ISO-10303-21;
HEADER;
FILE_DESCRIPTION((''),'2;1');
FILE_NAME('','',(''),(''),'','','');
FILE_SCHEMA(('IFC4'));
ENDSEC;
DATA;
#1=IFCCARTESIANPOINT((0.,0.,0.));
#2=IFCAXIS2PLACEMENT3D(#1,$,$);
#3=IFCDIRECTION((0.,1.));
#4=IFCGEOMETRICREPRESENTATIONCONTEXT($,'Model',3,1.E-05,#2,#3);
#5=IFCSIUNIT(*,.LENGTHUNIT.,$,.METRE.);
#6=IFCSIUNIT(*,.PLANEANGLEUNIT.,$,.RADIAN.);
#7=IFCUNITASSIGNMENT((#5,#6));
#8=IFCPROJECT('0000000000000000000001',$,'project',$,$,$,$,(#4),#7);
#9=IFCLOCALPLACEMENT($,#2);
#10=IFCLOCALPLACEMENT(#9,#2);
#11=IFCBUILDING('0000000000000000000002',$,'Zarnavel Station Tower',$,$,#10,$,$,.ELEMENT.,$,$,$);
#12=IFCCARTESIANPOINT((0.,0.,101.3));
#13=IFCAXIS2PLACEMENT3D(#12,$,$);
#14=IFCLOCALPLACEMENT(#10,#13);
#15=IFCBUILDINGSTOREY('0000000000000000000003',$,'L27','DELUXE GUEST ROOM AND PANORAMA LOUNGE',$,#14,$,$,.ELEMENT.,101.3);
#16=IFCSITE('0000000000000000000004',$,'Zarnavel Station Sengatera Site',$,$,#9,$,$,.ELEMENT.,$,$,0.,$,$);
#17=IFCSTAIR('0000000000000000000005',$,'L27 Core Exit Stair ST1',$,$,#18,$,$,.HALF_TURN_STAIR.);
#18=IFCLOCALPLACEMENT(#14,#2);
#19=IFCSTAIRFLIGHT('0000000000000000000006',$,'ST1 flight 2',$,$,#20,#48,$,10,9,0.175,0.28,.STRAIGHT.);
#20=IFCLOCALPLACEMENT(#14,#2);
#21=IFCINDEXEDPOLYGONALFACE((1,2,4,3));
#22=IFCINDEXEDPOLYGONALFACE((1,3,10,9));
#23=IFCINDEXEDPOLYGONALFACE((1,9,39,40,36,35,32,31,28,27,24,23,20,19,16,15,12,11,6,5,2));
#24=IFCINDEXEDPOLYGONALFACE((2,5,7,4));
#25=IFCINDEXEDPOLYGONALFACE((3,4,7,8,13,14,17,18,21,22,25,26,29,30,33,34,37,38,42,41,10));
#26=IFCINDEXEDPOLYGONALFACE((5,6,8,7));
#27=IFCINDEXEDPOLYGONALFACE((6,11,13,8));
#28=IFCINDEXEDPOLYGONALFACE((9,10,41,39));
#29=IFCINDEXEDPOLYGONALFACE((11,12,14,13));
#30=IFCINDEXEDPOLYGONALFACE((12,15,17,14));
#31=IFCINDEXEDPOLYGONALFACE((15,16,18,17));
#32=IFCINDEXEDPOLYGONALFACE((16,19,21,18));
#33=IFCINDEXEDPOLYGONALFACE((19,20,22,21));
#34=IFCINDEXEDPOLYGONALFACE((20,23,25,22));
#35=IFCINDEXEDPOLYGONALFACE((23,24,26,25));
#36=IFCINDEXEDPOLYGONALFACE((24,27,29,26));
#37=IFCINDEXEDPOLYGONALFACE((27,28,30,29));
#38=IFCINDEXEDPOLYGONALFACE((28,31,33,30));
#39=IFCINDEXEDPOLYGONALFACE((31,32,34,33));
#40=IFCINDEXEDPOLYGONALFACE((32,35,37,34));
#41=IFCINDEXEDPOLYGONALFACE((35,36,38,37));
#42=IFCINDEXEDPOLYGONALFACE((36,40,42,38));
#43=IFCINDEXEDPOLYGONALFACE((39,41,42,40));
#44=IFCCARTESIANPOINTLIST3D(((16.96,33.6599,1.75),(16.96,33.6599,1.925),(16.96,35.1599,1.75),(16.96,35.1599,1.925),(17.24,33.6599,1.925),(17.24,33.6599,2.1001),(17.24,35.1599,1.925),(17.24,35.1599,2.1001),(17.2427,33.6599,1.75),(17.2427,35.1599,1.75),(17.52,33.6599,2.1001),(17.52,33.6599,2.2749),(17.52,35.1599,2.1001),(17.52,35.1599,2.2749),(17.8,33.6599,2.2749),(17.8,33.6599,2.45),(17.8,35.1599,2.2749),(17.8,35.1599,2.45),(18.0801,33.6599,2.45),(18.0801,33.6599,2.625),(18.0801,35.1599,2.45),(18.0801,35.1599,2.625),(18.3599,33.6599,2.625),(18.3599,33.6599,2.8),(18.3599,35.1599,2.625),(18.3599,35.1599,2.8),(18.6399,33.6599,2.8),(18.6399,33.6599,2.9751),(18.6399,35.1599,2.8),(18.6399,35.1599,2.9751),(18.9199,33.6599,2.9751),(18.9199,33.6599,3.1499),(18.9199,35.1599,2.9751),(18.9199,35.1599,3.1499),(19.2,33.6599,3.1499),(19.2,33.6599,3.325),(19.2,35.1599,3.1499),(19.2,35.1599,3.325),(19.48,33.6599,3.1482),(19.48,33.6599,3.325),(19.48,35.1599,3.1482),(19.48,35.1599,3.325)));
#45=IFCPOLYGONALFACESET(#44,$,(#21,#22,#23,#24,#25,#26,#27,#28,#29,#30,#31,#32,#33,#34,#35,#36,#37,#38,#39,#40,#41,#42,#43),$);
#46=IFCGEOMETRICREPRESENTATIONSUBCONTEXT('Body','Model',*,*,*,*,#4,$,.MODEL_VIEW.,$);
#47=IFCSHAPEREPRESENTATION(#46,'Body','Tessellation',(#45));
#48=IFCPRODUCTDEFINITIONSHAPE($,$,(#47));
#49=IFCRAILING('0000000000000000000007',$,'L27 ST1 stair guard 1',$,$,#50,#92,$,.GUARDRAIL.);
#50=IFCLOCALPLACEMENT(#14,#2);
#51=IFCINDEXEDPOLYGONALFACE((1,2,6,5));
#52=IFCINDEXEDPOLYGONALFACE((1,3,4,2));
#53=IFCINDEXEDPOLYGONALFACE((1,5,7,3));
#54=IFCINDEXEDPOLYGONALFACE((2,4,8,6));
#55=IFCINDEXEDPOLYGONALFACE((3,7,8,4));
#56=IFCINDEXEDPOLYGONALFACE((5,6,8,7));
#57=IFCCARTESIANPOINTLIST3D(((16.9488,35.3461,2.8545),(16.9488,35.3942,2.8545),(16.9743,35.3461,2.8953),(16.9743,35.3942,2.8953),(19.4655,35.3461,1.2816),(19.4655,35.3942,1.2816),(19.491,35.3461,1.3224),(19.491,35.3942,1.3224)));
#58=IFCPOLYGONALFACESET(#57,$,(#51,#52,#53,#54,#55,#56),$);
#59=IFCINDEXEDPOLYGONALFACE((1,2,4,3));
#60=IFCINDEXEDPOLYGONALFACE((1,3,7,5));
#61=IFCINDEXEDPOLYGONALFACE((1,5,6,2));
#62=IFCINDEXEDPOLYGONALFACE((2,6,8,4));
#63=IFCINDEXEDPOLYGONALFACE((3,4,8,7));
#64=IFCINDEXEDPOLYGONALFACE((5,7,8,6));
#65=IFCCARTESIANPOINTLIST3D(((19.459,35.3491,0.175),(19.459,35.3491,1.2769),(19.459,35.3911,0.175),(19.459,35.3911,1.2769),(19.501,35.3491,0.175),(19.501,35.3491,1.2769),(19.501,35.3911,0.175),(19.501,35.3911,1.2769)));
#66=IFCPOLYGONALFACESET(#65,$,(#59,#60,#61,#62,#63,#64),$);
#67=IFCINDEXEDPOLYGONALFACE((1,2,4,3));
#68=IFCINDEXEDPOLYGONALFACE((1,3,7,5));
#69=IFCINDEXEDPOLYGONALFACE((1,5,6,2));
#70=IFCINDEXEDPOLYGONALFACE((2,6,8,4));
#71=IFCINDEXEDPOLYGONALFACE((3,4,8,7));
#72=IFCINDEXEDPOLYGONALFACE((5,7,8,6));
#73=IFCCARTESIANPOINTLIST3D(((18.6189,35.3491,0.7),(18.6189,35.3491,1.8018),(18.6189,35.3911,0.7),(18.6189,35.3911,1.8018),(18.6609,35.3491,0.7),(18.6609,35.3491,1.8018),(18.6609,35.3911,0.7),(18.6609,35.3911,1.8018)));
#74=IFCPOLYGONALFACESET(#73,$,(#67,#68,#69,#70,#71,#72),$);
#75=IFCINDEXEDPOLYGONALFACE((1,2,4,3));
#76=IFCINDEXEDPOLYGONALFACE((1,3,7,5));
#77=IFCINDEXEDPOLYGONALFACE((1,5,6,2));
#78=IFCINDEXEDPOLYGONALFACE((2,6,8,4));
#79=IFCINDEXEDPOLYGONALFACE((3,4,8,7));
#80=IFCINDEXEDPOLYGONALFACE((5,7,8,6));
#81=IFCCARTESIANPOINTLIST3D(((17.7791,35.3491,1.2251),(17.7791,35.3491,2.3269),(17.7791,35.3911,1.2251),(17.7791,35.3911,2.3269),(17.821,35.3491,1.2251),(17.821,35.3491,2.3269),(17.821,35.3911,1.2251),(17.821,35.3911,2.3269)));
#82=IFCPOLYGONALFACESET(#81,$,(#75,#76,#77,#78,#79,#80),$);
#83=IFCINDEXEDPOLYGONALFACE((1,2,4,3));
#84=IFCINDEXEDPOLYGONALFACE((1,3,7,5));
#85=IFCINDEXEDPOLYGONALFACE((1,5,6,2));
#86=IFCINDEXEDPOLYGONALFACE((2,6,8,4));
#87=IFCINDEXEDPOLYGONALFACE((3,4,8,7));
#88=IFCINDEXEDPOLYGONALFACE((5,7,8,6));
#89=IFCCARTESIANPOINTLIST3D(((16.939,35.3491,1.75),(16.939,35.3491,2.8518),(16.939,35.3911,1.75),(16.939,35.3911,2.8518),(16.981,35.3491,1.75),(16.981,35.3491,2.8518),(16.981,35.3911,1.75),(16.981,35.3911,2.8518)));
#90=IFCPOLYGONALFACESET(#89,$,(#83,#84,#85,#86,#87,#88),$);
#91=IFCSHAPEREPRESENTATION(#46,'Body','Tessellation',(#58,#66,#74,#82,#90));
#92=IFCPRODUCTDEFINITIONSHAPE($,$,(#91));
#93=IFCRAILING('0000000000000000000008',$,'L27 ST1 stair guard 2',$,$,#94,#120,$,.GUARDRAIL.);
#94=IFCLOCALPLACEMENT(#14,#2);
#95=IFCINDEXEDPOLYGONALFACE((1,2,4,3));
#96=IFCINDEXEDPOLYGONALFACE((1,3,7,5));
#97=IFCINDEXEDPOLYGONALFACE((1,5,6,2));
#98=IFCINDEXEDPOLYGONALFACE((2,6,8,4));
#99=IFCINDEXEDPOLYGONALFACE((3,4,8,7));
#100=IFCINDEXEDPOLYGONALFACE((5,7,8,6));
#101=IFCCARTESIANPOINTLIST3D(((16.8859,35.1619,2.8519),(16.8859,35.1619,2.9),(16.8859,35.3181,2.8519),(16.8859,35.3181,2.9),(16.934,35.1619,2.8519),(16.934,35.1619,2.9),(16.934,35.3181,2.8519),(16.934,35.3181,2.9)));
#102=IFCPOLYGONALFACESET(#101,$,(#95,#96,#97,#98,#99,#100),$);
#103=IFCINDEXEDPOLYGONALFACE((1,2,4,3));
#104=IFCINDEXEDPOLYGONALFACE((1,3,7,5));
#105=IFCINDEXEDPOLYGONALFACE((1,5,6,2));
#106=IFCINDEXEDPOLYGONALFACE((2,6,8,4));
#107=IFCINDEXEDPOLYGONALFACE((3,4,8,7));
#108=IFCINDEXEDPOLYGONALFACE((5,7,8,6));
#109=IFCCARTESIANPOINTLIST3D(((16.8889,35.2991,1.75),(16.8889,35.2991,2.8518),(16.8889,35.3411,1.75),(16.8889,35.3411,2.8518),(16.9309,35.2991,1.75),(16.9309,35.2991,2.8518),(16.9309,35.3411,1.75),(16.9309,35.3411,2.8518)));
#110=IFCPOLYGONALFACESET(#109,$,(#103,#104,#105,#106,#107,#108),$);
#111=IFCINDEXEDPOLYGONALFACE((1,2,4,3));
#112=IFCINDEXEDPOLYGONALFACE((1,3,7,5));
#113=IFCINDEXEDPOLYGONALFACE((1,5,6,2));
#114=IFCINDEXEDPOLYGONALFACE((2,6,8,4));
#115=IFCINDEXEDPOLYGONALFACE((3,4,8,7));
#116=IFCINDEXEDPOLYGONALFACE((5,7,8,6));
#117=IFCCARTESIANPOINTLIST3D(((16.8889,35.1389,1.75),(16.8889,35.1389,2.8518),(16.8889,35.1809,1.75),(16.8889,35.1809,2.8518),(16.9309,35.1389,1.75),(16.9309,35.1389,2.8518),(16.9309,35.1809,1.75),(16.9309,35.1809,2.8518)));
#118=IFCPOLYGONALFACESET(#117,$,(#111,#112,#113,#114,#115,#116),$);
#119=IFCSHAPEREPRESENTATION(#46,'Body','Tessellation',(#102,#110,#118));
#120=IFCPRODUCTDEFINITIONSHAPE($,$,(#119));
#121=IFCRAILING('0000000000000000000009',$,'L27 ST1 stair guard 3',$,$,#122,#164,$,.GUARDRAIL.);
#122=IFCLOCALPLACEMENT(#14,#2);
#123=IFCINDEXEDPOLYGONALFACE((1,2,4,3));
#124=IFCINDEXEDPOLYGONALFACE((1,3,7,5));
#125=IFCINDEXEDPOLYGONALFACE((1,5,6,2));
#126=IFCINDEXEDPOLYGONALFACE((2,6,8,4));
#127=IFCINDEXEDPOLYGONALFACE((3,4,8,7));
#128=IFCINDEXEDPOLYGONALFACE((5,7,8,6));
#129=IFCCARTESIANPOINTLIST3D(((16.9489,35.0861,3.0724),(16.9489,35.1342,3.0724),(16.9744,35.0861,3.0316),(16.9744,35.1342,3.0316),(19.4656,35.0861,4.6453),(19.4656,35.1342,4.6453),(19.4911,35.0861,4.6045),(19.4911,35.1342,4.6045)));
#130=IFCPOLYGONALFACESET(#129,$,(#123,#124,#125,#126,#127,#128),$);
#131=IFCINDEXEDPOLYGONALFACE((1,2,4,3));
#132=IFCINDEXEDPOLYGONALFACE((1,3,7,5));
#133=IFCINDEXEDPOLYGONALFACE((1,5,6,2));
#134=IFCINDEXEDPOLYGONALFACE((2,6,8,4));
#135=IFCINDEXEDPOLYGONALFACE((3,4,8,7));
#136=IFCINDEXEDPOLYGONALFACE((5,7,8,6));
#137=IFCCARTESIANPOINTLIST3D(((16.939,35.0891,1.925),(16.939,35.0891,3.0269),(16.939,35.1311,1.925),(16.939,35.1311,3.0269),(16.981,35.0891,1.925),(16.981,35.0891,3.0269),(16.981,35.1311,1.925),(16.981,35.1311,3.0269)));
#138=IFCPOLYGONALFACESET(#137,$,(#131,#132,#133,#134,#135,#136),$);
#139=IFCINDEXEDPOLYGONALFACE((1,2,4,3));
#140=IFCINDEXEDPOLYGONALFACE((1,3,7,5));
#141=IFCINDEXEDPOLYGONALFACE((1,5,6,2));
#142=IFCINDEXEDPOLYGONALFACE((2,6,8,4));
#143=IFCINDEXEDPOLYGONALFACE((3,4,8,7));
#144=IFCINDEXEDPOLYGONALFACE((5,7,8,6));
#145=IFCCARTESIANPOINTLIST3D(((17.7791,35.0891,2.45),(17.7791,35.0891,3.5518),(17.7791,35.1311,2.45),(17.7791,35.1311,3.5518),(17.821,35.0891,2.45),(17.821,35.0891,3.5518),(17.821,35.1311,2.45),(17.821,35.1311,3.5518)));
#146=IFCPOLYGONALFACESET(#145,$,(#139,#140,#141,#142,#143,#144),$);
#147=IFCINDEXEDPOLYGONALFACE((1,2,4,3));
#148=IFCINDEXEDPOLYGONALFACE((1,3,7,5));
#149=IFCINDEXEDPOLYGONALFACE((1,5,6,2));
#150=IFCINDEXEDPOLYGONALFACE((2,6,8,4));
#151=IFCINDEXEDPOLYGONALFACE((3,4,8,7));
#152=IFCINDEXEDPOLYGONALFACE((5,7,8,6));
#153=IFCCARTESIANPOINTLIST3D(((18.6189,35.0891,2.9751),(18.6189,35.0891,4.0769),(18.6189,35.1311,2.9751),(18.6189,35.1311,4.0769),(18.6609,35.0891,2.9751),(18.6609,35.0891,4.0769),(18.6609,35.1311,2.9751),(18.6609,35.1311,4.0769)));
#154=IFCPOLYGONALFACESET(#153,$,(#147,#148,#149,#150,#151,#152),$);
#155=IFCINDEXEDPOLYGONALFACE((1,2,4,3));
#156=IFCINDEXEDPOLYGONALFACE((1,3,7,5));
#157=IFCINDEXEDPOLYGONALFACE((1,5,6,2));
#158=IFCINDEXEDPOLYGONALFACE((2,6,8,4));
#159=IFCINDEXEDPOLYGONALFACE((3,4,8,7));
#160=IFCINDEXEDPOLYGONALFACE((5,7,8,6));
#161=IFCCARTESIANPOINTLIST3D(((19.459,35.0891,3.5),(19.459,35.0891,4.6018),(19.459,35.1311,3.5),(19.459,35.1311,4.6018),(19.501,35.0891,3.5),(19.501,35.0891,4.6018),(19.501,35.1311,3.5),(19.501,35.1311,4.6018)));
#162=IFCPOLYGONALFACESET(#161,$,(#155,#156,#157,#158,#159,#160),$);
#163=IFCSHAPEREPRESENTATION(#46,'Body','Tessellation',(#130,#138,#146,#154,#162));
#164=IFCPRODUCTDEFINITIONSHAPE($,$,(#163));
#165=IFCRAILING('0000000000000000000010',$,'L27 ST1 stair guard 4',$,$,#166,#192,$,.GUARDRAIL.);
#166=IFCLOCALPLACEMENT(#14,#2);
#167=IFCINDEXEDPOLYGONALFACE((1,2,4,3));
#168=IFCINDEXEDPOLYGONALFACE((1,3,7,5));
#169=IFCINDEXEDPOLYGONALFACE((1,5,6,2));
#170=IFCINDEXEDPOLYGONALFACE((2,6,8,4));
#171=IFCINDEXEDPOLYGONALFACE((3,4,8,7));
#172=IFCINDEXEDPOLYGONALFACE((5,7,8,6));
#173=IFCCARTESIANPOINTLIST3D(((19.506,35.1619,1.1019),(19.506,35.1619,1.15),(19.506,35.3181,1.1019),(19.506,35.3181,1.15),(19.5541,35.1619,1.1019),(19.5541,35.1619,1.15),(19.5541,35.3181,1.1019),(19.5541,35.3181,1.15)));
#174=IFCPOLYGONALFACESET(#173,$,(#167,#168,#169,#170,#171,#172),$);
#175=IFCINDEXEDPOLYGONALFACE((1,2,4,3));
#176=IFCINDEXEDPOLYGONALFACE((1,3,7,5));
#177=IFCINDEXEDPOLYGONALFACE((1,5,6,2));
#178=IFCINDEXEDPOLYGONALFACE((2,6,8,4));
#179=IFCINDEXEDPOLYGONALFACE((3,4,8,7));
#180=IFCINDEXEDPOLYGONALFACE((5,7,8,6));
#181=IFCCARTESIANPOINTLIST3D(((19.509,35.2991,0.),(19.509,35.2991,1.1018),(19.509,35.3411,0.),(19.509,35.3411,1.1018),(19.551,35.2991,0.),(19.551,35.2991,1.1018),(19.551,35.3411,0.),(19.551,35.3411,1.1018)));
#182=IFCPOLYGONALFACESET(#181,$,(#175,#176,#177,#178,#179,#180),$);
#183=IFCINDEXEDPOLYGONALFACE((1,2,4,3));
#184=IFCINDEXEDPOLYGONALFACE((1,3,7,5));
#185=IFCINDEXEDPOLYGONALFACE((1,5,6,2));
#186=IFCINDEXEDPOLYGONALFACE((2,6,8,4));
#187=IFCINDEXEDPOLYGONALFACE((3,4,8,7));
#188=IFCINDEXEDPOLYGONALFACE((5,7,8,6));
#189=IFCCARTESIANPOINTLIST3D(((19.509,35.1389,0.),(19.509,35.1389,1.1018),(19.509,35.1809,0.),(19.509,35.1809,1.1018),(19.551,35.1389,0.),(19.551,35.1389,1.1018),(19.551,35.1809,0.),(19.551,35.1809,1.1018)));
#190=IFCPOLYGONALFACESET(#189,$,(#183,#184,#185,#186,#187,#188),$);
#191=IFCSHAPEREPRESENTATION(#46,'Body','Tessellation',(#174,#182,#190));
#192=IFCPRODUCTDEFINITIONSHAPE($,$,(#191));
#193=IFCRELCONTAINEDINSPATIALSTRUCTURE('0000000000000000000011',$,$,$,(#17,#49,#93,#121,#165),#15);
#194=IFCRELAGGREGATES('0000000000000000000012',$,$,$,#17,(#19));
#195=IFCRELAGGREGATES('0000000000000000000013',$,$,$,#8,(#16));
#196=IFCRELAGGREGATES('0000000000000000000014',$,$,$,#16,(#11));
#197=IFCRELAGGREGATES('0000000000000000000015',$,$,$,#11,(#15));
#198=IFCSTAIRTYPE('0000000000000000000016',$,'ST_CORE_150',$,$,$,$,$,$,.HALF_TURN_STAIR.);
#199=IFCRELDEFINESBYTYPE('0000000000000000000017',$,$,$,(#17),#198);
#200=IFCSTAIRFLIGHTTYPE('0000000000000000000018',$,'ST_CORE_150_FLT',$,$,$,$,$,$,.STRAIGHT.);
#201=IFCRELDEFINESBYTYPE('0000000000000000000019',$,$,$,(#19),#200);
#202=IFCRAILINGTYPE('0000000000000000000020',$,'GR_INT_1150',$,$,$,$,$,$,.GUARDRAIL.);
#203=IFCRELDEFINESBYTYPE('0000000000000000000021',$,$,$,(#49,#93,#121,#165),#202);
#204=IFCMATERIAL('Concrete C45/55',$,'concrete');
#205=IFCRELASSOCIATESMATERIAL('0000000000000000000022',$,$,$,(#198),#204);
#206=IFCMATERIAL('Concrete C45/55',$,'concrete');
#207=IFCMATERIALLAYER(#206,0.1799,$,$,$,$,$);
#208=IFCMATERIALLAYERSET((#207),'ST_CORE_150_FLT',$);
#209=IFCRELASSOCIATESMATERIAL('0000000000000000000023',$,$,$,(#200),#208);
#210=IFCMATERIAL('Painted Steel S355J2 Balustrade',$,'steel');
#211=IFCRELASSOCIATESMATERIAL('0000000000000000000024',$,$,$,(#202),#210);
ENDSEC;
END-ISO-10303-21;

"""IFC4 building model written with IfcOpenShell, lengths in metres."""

from ifc_helpers import new_model, si_unit, direction, frame, origin, origin_2d, place, context, subcontext, project, spatial, polyline, rectangle, outline, extrude, material, layer, layer_set, type_object, element, aggregate, save


model = new_model("IFC4")

# Units and contexts
model_context = context("Model", 3, precision=1e-05, world=origin(), true_north=direction((0.0, 1.0)))
body_context = subcontext(model_context, "Body", "Model", "MODEL_VIEW")
ifc_project = project(units=[si_unit("LENGTHUNIT", "METRE"), si_unit("PLANEANGLEUNIT", "RADIAN")], contexts=[model_context])

# Site, building, storey
site_placement = place(None, origin())
site = spatial("IfcSite", under=ifc_project, at=site_placement, Name="Zarnavel Station Sengatera Site", CompositionType="ELEMENT", RefElevation=0.0)
building_placement = place(site_placement, origin())
building = spatial("IfcBuilding", under=site, at=building_placement, Name="Zarnavel Station Tower", CompositionType="ELEMENT")
storey_placement = place(building_placement, frame((0.0, 0.0, 101.3)))
storey = spatial("IfcBuildingStorey", under=building, at=storey_placement, Name="L27", Description="DELUXE GUEST ROOM AND PANORAMA LOUNGE", CompositionType="ELEMENT", Elevation=101.3)

# Stair, stair flight
ifc_material_1 = material(Name="Concrete C45/55", Category="concrete")
stair_type = type_object("IfcStairType", Name="ST_CORE_150", PredefinedType="HALF_TURN_STAIR", material=ifc_material_1)
stair_placement = place(storey_placement, origin())
stair = element("IfcStair", 1, at=stair_placement, inside=storey, type_object=stair_type, Name="L27 Core Exit Stair ST1", PredefinedType="HALF_TURN_STAIR")
ifc_material_2 = material(Name="Concrete C45/55", Category="concrete")
ifc_layer_1 = layer(ifc_material_2, 0.1799)
ifc_layer_set_1 = layer_set([ifc_layer_1], Name="ST_CORE_150_FLT")
stair_flight_type = type_object("IfcStairFlightType", Name="ST_CORE_150_FLT", PredefinedType="STRAIGHT", material=ifc_layer_set_1)
stair_flight_1_placement = place(storey_placement, frame((16.96, 34.4099, 1.75), z_axis=(0.0, 0.0, 1.0), x_axis=(1.0, 0.0, 0.0)))
stair_flight_1 = element("IfcStairFlight", 2, at=stair_flight_1_placement, type_object=stair_flight_type, Name="ST1 flight 2", NumberOfRisers=10, NumberOfTreads=9, PredefinedType="STRAIGHT", RiserHeight=0.175, TreadLength=0.28, context=body_context, shape_type="SweptSolid", body=[
    extrude(outline(polyline([(0.0, 0.0), (0.0, 0.175), (0.28, 0.175), (0.28, 0.3501), (0.5601, 0.3501), (0.5601, 0.5249), (0.8401, 0.5249), (0.8401, 0.7), (1.1201, 0.7), (1.1201, 0.875), (1.3999, 0.875), (1.3999, 1.05), (1.6799, 1.05), (1.6799, 1.2251), (1.96, 1.2251), (1.96, 1.3999), (2.24, 1.3999), (2.24, 1.575), (2.52, 1.575), (2.52, 1.75), (2.52, 1.3982), (0.2827, 0.0), (0.0, 0.0)])), frame((0.0, 0.75, 0.0), z_axis=(0.0, -1.0, 0.0), x_axis=(1.0, 0.0, 0.0)), (0.0, 0.0, 1.0), 1.5),
])
aggregate(stair, [stair_flight_1])

# Railings
ifc_material_3 = material(Name="Painted Steel S355J2 Balustrade", Category="steel")
railing_type_1 = type_object("IfcRailingType", Name="GR_INT_1150", PredefinedType="GUARDRAIL", material=ifc_material_3)
railing_1_placement = place(storey_placement, frame((19.48, 35.3701, 0.175)))
element("IfcRailing", 3, at=railing_1_placement, inside=storey, type_object=railing_type_1, Name="L27 ST1 stair guard 1", PredefinedType="GUARDRAIL", context=body_context, shape_type="SweptSolid", body=[
    extrude(rectangle(XDim=0.0481, YDim=0.0481, at=origin_2d()), frame((-0.0017, 0.0, 1.127), z_axis=(-0.848008, 0.0, 0.529984), x_axis=(0.0, -1.0, 0.0)), (0.0, 0.0, 1.0), 2.9678),
    extrude(rectangle(XDim=0.042, YDim=0.042, at=origin_2d()), origin(), (0.0, 0.0, 1.0), 1.1018),
    extrude(rectangle(XDim=0.042, YDim=0.042, at=origin_2d()), frame((-0.8401, 0.0, 0.5249)), (0.0, 0.0, 1.0), 1.1018),
    extrude(rectangle(XDim=0.042, YDim=0.042, at=origin_2d()), frame((-1.6799, 0.0, 1.05)), (0.0, 0.0, 1.0), 1.1018),
    extrude(rectangle(XDim=0.042, YDim=0.042, at=origin_2d()), frame((-2.52, 0.0, 1.575)), (0.0, 0.0, 1.0), 1.1018),
])
railing_2_placement = place(storey_placement, frame((16.9099, 35.3201, 1.75)))
element("IfcRailing", 4, at=railing_2_placement, inside=storey, type_object=railing_type_1, Name="L27 ST1 stair guard 2", PredefinedType="GUARDRAIL", context=body_context, shape_type="SweptSolid", body=[
    extrude(rectangle(XDim=0.0481, YDim=0.0481, at=origin_2d()), frame((0.0, -0.002, 1.126), z_axis=(0.0, -1.0, 0.0), x_axis=(1.0, 0.0, 0.0)), (0.0, 0.0, 1.0), 0.1562),
    extrude(rectangle(XDim=0.042, YDim=0.042, at=origin_2d()), origin(), (0.0, 0.0, 1.0), 1.1018),
    extrude(rectangle(XDim=0.042, YDim=0.042, at=origin_2d()), frame((0.0, -0.1602, 0.0)), (0.0, 0.0, 1.0), 1.1018),
])
railing_3_placement = place(storey_placement, frame((16.96, 35.1101, 1.925)))
element("IfcRailing", 5, at=railing_3_placement, inside=storey, type_object=railing_type_1, Name="L27 ST1 stair guard 3", PredefinedType="GUARDRAIL", context=body_context, shape_type="SweptSolid", body=[
    extrude(rectangle(XDim=0.0481, YDim=0.0481, at=origin_2d()), frame((0.0017, 0.0, 1.127), z_axis=(0.848008, 0.0, 0.529984), x_axis=(0.0, 1.0, 0.0)), (0.0, 0.0, 1.0), 2.9678),
    extrude(rectangle(XDim=0.042, YDim=0.042, at=origin_2d()), origin(), (0.0, 0.0, 1.0), 1.1018),
    extrude(rectangle(XDim=0.042, YDim=0.042, at=origin_2d()), frame((0.8401, 0.0, 0.5249)), (0.0, 0.0, 1.0), 1.1018),
    extrude(rectangle(XDim=0.042, YDim=0.042, at=origin_2d()), frame((1.6799, 0.0, 1.05)), (0.0, 0.0, 1.0), 1.1018),
    extrude(rectangle(XDim=0.042, YDim=0.042, at=origin_2d()), frame((2.52, 0.0, 1.575)), (0.0, 0.0, 1.0), 1.1018),
])
railing_4_placement = place(storey_placement, frame((19.53, 35.3201, 0.0)))
element("IfcRailing", 6, at=railing_4_placement, inside=storey, type_object=railing_type_1, Name="L27 ST1 stair guard 4", PredefinedType="GUARDRAIL", context=body_context, shape_type="SweptSolid", body=[
    extrude(rectangle(XDim=0.0481, YDim=0.0481, at=origin_2d()), frame((0.0, -0.002, 1.126), z_axis=(0.0, -1.0, 0.0), x_axis=(1.0, 0.0, 0.0)), (0.0, 0.0, 1.0), 0.1562),
    extrude(rectangle(XDim=0.042, YDim=0.042, at=origin_2d()), origin(), (0.0, 0.0, 1.0), 1.1018),
    extrude(rectangle(XDim=0.042, YDim=0.042, at=origin_2d()), frame((0.0, -0.1602, 0.0)), (0.0, 0.0, 1.0), 1.1018),
])

save(model, "model.ifc")
